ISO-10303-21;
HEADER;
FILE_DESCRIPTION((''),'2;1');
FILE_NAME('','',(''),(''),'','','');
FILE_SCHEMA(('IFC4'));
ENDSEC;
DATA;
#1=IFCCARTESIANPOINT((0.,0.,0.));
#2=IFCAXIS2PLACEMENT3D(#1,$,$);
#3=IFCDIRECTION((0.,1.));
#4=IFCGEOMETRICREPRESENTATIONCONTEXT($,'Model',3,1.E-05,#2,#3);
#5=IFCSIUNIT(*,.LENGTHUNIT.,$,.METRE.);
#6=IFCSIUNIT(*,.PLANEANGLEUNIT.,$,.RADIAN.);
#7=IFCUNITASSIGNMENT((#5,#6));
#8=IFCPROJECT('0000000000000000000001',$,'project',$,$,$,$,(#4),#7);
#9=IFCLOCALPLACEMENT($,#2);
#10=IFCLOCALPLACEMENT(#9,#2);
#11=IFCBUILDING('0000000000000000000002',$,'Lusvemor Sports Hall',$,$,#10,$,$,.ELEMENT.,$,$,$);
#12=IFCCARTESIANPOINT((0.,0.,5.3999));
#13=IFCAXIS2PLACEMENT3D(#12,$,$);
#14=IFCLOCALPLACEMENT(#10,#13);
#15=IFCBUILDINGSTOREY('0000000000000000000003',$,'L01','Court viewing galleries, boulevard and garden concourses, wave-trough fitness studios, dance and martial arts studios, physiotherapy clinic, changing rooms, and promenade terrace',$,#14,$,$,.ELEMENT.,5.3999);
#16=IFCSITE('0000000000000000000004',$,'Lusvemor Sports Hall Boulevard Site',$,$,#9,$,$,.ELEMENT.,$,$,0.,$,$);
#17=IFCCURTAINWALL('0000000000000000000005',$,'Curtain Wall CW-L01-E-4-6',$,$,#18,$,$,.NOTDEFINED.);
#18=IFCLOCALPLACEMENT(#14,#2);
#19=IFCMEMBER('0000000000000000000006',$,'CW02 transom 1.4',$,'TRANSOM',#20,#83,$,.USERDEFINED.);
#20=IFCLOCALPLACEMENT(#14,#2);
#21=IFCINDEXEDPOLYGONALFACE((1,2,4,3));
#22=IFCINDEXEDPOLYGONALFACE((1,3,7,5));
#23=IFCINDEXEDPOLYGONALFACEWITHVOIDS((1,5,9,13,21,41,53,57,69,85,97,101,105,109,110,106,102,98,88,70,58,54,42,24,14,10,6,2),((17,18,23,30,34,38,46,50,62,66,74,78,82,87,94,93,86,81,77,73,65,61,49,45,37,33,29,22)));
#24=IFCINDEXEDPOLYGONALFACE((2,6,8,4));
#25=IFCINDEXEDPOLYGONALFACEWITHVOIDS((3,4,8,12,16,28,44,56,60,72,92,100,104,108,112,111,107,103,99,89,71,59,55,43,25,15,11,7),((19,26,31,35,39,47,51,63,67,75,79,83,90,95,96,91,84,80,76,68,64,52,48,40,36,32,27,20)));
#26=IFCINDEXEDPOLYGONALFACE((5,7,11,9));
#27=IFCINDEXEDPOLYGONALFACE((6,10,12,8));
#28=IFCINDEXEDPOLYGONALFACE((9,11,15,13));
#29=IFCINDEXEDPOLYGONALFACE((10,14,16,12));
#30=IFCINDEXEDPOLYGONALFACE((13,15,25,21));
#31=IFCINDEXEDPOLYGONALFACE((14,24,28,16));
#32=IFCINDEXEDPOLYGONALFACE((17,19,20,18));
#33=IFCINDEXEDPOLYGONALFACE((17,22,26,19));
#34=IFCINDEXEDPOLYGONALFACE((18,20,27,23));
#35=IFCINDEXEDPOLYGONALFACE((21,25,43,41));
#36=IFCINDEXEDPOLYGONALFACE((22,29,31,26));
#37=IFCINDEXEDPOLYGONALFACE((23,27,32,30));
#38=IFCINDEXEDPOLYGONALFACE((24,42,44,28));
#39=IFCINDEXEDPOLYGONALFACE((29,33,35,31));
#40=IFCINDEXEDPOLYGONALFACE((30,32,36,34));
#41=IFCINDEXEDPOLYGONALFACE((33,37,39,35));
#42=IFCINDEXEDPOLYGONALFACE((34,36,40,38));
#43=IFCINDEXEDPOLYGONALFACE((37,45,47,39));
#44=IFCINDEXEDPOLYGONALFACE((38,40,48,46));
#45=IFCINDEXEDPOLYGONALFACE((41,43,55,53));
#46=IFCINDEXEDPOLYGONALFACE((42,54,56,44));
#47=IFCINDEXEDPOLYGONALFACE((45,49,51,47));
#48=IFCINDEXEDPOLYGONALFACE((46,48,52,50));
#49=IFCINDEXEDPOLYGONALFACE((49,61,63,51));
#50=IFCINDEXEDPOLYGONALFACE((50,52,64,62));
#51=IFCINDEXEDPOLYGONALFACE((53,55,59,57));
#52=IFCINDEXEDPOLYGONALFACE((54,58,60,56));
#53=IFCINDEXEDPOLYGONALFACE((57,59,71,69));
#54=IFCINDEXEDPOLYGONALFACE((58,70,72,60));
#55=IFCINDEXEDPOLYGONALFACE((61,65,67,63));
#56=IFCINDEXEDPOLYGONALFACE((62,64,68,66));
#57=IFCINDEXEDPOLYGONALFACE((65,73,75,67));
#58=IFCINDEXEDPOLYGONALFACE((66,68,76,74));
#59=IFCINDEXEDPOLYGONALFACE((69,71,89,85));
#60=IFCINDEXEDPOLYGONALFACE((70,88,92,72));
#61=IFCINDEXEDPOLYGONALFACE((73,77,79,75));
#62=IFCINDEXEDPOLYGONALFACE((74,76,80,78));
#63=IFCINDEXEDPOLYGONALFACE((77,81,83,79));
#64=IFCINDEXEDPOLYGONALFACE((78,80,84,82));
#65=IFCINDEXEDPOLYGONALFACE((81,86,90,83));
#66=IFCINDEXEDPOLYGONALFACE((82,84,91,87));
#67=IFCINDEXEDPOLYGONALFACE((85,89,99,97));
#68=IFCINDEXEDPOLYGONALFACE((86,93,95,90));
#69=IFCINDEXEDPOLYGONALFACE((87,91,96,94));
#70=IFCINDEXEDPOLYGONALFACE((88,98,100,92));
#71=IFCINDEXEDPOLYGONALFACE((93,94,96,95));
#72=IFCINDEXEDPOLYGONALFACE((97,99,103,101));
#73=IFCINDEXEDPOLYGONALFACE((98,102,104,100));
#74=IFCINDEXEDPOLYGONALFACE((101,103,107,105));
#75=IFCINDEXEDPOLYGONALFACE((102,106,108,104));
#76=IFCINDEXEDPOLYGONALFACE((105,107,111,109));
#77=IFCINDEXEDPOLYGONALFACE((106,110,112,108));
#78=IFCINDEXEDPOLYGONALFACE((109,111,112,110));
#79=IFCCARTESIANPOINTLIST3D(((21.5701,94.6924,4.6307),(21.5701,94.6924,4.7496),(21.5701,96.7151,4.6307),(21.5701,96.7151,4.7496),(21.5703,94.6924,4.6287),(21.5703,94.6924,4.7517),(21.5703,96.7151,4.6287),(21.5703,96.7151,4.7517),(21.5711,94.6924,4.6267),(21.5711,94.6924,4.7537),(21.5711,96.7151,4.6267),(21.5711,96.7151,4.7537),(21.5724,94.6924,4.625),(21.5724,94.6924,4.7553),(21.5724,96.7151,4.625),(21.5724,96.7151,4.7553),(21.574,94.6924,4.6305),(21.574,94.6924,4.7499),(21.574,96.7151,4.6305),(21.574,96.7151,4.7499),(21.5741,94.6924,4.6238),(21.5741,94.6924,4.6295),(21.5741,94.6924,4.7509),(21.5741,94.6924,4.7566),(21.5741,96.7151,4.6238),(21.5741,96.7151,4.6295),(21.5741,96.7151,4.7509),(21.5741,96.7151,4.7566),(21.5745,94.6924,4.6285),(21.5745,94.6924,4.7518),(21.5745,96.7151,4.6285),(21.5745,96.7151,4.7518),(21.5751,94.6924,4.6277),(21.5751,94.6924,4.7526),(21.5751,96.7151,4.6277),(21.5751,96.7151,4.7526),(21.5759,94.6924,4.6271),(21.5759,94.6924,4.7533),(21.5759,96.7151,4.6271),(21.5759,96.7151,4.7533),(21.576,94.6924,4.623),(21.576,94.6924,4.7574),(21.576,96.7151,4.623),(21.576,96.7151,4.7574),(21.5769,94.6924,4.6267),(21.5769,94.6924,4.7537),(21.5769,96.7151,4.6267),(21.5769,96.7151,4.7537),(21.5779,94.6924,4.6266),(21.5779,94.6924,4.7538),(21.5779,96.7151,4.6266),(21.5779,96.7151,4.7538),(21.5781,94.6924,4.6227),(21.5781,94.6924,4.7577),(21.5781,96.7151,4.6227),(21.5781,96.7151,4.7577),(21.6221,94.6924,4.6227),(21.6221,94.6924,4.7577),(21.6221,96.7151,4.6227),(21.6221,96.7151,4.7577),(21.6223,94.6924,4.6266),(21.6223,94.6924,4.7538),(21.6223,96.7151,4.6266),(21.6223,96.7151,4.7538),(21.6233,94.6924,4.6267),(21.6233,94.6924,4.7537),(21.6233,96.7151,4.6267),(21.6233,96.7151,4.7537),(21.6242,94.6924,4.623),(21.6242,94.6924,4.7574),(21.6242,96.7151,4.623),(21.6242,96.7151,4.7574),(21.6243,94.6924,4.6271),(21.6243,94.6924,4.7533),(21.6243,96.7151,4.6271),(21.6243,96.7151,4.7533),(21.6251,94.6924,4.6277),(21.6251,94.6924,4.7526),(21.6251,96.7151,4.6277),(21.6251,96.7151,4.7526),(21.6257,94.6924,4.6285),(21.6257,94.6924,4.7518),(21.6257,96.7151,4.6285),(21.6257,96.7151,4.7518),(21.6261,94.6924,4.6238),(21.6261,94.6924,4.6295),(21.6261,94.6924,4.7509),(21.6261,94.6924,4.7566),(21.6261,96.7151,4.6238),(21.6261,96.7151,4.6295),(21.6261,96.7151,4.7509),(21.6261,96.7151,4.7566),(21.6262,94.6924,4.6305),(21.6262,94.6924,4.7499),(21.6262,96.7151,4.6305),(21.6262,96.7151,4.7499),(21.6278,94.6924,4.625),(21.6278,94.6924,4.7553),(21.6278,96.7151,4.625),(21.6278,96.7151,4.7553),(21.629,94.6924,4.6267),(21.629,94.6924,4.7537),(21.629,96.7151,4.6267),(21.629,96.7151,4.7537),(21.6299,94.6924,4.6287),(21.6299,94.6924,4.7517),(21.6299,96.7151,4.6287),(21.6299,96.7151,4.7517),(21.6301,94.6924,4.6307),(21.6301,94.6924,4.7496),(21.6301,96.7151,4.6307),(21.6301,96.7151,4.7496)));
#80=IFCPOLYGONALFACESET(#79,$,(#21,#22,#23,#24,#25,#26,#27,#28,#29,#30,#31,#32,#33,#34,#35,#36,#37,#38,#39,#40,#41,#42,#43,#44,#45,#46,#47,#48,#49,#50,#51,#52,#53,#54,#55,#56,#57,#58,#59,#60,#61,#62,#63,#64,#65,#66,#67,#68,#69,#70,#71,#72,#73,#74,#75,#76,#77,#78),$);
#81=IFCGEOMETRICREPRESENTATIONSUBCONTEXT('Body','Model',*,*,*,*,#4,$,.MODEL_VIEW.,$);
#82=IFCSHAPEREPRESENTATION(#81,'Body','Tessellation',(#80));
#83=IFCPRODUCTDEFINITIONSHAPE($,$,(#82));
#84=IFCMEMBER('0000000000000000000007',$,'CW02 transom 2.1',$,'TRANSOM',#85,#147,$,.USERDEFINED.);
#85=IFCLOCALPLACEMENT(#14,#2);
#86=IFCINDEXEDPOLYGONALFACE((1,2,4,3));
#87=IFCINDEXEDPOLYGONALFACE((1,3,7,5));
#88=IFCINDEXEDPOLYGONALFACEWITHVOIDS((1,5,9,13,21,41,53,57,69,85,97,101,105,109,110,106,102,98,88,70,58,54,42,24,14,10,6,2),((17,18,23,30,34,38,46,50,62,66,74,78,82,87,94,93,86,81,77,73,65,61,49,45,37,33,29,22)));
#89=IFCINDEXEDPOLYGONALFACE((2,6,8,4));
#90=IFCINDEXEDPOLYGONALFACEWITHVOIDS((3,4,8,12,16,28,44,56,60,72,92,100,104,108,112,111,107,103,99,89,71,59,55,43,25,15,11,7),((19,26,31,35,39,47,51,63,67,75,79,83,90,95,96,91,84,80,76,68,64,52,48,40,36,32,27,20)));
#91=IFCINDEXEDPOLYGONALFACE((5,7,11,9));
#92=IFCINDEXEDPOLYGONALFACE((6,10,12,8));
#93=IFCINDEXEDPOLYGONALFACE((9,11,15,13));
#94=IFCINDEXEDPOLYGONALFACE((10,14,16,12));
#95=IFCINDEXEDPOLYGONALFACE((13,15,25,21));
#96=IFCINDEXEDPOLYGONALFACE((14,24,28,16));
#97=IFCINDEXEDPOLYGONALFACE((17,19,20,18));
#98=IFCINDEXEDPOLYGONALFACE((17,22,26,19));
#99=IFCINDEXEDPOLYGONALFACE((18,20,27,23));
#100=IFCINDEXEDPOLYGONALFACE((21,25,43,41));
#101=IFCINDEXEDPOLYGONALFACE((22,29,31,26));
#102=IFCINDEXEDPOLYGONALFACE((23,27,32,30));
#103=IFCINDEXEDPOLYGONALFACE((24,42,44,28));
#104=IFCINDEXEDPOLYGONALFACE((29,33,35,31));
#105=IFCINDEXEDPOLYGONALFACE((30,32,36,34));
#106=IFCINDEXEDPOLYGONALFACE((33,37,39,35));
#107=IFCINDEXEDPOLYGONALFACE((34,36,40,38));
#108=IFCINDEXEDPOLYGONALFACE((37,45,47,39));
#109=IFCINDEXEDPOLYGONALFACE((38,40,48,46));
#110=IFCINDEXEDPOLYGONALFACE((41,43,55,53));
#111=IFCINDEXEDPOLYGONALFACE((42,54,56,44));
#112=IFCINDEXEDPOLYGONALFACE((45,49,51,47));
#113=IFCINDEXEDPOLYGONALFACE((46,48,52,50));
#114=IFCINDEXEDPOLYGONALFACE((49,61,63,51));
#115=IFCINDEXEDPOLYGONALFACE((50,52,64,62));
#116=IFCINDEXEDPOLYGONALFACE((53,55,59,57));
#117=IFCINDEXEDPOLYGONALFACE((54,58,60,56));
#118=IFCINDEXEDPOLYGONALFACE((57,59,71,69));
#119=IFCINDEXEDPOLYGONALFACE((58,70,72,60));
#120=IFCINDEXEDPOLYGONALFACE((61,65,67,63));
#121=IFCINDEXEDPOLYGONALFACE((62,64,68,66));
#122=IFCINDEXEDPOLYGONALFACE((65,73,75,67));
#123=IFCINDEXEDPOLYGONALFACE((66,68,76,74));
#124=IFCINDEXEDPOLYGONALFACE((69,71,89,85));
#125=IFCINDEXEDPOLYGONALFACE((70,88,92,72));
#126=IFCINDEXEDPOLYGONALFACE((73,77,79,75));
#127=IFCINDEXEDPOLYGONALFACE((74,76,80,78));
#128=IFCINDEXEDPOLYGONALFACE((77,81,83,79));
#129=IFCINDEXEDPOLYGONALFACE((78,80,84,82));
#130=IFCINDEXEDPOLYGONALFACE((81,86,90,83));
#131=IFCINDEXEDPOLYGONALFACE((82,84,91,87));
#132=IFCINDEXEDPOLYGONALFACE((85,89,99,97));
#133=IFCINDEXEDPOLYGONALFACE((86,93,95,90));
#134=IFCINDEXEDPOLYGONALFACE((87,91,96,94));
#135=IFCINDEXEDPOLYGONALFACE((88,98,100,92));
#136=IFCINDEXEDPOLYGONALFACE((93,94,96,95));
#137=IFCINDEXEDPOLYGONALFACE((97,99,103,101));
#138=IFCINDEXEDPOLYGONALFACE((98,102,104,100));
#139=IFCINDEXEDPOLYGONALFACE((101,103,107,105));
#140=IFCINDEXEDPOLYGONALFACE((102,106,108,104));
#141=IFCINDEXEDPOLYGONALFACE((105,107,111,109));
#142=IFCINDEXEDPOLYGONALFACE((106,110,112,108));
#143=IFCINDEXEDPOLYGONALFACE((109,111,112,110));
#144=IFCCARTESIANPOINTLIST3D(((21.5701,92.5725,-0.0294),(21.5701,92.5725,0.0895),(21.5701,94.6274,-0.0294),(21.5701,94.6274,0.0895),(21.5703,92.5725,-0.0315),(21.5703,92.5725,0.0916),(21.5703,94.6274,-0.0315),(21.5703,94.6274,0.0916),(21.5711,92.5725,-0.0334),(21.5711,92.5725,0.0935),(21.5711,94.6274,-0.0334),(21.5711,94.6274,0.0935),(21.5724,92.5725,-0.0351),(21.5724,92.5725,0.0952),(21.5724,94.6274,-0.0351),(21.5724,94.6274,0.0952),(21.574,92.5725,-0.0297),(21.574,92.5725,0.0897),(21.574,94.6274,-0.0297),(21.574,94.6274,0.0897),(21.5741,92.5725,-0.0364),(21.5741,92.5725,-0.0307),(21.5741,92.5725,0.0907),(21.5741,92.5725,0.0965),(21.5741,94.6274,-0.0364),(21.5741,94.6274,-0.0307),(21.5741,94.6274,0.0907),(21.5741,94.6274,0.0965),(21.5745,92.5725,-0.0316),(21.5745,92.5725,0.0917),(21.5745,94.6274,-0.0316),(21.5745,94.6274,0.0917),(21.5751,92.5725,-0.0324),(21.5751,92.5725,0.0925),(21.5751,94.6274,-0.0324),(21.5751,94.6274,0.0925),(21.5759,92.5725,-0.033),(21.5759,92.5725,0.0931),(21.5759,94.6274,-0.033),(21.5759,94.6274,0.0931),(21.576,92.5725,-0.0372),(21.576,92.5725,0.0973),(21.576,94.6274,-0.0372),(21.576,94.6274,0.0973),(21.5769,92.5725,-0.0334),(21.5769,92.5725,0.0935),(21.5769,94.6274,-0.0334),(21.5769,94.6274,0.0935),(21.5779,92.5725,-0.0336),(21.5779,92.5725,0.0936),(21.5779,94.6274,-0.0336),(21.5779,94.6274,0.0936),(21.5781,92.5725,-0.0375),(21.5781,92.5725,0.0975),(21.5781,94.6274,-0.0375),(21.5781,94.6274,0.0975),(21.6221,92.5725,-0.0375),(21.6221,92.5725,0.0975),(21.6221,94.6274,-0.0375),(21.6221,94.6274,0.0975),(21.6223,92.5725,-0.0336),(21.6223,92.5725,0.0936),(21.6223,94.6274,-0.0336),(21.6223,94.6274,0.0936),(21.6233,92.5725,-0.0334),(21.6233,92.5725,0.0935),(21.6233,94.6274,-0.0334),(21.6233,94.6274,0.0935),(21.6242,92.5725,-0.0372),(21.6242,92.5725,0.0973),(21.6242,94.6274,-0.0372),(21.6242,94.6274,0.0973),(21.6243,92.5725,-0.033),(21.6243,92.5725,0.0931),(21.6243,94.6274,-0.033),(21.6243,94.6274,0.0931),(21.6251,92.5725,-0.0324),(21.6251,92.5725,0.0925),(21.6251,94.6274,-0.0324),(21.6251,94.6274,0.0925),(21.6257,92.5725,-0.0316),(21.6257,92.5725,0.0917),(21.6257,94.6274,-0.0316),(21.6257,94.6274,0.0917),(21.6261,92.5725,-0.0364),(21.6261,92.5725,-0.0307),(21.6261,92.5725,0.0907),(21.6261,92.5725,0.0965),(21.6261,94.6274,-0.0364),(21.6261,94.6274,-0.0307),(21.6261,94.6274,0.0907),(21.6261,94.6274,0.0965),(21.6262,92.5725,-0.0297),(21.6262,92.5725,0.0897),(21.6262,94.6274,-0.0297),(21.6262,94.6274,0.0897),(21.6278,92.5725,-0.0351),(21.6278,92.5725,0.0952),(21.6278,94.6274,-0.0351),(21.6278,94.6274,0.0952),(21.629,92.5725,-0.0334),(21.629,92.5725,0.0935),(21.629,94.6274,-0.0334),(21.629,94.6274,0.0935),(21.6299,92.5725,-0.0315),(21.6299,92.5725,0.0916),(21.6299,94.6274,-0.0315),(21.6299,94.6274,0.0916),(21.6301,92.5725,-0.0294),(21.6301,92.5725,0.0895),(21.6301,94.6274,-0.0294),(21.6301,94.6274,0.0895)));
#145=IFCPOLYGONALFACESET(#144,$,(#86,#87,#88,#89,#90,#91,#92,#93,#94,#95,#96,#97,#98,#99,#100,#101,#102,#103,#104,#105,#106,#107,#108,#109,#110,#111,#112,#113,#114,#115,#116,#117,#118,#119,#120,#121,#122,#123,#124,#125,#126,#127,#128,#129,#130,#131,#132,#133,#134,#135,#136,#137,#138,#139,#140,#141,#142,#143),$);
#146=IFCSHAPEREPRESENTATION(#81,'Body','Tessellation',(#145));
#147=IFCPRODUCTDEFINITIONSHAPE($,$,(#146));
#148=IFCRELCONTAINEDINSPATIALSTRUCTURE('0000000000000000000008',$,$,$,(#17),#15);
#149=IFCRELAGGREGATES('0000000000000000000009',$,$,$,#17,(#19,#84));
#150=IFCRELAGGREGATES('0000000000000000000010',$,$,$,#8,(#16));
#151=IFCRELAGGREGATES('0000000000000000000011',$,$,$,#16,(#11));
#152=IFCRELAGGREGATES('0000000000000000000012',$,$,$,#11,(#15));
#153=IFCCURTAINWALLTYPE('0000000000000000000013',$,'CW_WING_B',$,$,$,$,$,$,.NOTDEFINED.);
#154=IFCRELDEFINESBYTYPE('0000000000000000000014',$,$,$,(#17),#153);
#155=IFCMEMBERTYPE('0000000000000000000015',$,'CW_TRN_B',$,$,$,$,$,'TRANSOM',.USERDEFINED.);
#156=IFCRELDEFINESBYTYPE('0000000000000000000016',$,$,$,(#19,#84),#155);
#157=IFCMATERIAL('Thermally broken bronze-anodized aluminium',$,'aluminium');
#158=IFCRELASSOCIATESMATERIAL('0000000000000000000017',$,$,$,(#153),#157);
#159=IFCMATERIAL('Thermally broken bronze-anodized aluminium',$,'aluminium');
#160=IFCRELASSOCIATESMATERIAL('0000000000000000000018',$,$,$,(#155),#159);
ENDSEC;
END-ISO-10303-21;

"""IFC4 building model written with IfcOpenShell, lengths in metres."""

from ifc_helpers import new_model, si_unit, direction, frame, origin, origin_2d, place, context, subcontext, project, spatial, hollow_rectangle, extrude, material, material_profile, profile_set, type_object, element, aggregate, save


model = new_model("IFC4")

# Units and contexts
model_context = context("Model", 3, precision=1e-05, world=origin(), true_north=direction((0.0, 1.0)))
body_context = subcontext(model_context, "Body", "Model", "MODEL_VIEW")
ifc_project = project(units=[si_unit("LENGTHUNIT", "METRE"), si_unit("PLANEANGLEUNIT", "RADIAN")], contexts=[model_context])

# Site, building, storey
site_placement = place(None, origin())
site = spatial("IfcSite", under=ifc_project, at=site_placement, Name="Lusvemor Sports Hall Boulevard Site", CompositionType="ELEMENT", RefElevation=0.0)
building_placement = place(site_placement, origin())
building = spatial("IfcBuilding", under=site, at=building_placement, Name="Lusvemor Sports Hall", CompositionType="ELEMENT")
storey_placement = place(building_placement, frame((0.0, 0.0, 5.3999)))
storey = spatial("IfcBuildingStorey", under=building, at=storey_placement, Name="L01", Description="Court viewing galleries, boulevard and garden concourses, wave-trough fitness studios, dance and martial arts studios, physiotherapy clinic, changing rooms, and promenade terrace", CompositionType="ELEMENT", Elevation=5.3999)

# Shared definitions
ifc_material_1 = material(Name="Thermally broken bronze-anodized aluminium", Category="aluminium")
curtain_wall_type = type_object("IfcCurtainWallType", Name="CW_WING_B", PredefinedType="NOTDEFINED", material=ifc_material_1)

# Curtain wall
curtain_wall_1_placement = place(storey_placement, origin())
curtain_wall_1 = element("IfcCurtainWall", 1, at=curtain_wall_1_placement, inside=storey, type_object=curtain_wall_type, Name="Curtain Wall CW-L01-E-4-6", PredefinedType="NOTDEFINED")

# Members
ifc_material_2 = material(Name="Thermally broken bronze-anodized aluminium", Category="aluminium")
ifc_material_profile_1 = material_profile(ifc_material_2, hollow_rectangle(XDim=0.0601, YDim=0.135, WallThickness=0.0039, InnerFilletRadius=0.0039, OuterFilletRadius=0.0081, at=origin_2d()), Name="CWTRN135x60x4")
ifc_profile_set_1 = profile_set([ifc_material_profile_1], Name="Thermally broken bronze-anodized aluminium")
member_type_1 = type_object("IfcMemberType", Name="CW_TRN_B", ElementType="TRANSOM", PredefinedType="USERDEFINED", material=ifc_profile_set_1)
member_1_placement = place(storey_placement, frame((21.6001, 96.7151, 4.6902), z_axis=(0.0, -1.0, 0.0), x_axis=(1.0, 0.0, 0.0)))
member_1 = element("IfcMember", 2, at=member_1_placement, type_object=member_type_1, Name="CW02 transom 1.4", ObjectType="TRANSOM", PredefinedType="USERDEFINED", context=body_context, shape_type="SweptSolid", body=[
    extrude(hollow_rectangle(XDim=0.0601, YDim=0.135, WallThickness=0.0039, InnerFilletRadius=0.0039, OuterFilletRadius=0.0081, at=origin_2d()), origin(), (0.0, 0.0, 1.0), 2.0227),
])
member_2_placement = place(storey_placement, frame((21.6001, 94.6274, 0.03), z_axis=(0.0, -1.0, 0.0), x_axis=(1.0, 0.0, 0.0)))
member_2 = element("IfcMember", 3, at=member_2_placement, type_object=member_type_1, Name="CW02 transom 2.1", ObjectType="TRANSOM", PredefinedType="USERDEFINED", context=body_context, shape_type="SweptSolid", body=[
    extrude(hollow_rectangle(XDim=0.0601, YDim=0.135, WallThickness=0.0039, InnerFilletRadius=0.0039, OuterFilletRadius=0.0081, at=origin_2d()), origin(), (0.0, 0.0, 1.0), 2.0549),
])

aggregate(curtain_wall_1, [member_1, member_2])

save(model, "model.ifc")
